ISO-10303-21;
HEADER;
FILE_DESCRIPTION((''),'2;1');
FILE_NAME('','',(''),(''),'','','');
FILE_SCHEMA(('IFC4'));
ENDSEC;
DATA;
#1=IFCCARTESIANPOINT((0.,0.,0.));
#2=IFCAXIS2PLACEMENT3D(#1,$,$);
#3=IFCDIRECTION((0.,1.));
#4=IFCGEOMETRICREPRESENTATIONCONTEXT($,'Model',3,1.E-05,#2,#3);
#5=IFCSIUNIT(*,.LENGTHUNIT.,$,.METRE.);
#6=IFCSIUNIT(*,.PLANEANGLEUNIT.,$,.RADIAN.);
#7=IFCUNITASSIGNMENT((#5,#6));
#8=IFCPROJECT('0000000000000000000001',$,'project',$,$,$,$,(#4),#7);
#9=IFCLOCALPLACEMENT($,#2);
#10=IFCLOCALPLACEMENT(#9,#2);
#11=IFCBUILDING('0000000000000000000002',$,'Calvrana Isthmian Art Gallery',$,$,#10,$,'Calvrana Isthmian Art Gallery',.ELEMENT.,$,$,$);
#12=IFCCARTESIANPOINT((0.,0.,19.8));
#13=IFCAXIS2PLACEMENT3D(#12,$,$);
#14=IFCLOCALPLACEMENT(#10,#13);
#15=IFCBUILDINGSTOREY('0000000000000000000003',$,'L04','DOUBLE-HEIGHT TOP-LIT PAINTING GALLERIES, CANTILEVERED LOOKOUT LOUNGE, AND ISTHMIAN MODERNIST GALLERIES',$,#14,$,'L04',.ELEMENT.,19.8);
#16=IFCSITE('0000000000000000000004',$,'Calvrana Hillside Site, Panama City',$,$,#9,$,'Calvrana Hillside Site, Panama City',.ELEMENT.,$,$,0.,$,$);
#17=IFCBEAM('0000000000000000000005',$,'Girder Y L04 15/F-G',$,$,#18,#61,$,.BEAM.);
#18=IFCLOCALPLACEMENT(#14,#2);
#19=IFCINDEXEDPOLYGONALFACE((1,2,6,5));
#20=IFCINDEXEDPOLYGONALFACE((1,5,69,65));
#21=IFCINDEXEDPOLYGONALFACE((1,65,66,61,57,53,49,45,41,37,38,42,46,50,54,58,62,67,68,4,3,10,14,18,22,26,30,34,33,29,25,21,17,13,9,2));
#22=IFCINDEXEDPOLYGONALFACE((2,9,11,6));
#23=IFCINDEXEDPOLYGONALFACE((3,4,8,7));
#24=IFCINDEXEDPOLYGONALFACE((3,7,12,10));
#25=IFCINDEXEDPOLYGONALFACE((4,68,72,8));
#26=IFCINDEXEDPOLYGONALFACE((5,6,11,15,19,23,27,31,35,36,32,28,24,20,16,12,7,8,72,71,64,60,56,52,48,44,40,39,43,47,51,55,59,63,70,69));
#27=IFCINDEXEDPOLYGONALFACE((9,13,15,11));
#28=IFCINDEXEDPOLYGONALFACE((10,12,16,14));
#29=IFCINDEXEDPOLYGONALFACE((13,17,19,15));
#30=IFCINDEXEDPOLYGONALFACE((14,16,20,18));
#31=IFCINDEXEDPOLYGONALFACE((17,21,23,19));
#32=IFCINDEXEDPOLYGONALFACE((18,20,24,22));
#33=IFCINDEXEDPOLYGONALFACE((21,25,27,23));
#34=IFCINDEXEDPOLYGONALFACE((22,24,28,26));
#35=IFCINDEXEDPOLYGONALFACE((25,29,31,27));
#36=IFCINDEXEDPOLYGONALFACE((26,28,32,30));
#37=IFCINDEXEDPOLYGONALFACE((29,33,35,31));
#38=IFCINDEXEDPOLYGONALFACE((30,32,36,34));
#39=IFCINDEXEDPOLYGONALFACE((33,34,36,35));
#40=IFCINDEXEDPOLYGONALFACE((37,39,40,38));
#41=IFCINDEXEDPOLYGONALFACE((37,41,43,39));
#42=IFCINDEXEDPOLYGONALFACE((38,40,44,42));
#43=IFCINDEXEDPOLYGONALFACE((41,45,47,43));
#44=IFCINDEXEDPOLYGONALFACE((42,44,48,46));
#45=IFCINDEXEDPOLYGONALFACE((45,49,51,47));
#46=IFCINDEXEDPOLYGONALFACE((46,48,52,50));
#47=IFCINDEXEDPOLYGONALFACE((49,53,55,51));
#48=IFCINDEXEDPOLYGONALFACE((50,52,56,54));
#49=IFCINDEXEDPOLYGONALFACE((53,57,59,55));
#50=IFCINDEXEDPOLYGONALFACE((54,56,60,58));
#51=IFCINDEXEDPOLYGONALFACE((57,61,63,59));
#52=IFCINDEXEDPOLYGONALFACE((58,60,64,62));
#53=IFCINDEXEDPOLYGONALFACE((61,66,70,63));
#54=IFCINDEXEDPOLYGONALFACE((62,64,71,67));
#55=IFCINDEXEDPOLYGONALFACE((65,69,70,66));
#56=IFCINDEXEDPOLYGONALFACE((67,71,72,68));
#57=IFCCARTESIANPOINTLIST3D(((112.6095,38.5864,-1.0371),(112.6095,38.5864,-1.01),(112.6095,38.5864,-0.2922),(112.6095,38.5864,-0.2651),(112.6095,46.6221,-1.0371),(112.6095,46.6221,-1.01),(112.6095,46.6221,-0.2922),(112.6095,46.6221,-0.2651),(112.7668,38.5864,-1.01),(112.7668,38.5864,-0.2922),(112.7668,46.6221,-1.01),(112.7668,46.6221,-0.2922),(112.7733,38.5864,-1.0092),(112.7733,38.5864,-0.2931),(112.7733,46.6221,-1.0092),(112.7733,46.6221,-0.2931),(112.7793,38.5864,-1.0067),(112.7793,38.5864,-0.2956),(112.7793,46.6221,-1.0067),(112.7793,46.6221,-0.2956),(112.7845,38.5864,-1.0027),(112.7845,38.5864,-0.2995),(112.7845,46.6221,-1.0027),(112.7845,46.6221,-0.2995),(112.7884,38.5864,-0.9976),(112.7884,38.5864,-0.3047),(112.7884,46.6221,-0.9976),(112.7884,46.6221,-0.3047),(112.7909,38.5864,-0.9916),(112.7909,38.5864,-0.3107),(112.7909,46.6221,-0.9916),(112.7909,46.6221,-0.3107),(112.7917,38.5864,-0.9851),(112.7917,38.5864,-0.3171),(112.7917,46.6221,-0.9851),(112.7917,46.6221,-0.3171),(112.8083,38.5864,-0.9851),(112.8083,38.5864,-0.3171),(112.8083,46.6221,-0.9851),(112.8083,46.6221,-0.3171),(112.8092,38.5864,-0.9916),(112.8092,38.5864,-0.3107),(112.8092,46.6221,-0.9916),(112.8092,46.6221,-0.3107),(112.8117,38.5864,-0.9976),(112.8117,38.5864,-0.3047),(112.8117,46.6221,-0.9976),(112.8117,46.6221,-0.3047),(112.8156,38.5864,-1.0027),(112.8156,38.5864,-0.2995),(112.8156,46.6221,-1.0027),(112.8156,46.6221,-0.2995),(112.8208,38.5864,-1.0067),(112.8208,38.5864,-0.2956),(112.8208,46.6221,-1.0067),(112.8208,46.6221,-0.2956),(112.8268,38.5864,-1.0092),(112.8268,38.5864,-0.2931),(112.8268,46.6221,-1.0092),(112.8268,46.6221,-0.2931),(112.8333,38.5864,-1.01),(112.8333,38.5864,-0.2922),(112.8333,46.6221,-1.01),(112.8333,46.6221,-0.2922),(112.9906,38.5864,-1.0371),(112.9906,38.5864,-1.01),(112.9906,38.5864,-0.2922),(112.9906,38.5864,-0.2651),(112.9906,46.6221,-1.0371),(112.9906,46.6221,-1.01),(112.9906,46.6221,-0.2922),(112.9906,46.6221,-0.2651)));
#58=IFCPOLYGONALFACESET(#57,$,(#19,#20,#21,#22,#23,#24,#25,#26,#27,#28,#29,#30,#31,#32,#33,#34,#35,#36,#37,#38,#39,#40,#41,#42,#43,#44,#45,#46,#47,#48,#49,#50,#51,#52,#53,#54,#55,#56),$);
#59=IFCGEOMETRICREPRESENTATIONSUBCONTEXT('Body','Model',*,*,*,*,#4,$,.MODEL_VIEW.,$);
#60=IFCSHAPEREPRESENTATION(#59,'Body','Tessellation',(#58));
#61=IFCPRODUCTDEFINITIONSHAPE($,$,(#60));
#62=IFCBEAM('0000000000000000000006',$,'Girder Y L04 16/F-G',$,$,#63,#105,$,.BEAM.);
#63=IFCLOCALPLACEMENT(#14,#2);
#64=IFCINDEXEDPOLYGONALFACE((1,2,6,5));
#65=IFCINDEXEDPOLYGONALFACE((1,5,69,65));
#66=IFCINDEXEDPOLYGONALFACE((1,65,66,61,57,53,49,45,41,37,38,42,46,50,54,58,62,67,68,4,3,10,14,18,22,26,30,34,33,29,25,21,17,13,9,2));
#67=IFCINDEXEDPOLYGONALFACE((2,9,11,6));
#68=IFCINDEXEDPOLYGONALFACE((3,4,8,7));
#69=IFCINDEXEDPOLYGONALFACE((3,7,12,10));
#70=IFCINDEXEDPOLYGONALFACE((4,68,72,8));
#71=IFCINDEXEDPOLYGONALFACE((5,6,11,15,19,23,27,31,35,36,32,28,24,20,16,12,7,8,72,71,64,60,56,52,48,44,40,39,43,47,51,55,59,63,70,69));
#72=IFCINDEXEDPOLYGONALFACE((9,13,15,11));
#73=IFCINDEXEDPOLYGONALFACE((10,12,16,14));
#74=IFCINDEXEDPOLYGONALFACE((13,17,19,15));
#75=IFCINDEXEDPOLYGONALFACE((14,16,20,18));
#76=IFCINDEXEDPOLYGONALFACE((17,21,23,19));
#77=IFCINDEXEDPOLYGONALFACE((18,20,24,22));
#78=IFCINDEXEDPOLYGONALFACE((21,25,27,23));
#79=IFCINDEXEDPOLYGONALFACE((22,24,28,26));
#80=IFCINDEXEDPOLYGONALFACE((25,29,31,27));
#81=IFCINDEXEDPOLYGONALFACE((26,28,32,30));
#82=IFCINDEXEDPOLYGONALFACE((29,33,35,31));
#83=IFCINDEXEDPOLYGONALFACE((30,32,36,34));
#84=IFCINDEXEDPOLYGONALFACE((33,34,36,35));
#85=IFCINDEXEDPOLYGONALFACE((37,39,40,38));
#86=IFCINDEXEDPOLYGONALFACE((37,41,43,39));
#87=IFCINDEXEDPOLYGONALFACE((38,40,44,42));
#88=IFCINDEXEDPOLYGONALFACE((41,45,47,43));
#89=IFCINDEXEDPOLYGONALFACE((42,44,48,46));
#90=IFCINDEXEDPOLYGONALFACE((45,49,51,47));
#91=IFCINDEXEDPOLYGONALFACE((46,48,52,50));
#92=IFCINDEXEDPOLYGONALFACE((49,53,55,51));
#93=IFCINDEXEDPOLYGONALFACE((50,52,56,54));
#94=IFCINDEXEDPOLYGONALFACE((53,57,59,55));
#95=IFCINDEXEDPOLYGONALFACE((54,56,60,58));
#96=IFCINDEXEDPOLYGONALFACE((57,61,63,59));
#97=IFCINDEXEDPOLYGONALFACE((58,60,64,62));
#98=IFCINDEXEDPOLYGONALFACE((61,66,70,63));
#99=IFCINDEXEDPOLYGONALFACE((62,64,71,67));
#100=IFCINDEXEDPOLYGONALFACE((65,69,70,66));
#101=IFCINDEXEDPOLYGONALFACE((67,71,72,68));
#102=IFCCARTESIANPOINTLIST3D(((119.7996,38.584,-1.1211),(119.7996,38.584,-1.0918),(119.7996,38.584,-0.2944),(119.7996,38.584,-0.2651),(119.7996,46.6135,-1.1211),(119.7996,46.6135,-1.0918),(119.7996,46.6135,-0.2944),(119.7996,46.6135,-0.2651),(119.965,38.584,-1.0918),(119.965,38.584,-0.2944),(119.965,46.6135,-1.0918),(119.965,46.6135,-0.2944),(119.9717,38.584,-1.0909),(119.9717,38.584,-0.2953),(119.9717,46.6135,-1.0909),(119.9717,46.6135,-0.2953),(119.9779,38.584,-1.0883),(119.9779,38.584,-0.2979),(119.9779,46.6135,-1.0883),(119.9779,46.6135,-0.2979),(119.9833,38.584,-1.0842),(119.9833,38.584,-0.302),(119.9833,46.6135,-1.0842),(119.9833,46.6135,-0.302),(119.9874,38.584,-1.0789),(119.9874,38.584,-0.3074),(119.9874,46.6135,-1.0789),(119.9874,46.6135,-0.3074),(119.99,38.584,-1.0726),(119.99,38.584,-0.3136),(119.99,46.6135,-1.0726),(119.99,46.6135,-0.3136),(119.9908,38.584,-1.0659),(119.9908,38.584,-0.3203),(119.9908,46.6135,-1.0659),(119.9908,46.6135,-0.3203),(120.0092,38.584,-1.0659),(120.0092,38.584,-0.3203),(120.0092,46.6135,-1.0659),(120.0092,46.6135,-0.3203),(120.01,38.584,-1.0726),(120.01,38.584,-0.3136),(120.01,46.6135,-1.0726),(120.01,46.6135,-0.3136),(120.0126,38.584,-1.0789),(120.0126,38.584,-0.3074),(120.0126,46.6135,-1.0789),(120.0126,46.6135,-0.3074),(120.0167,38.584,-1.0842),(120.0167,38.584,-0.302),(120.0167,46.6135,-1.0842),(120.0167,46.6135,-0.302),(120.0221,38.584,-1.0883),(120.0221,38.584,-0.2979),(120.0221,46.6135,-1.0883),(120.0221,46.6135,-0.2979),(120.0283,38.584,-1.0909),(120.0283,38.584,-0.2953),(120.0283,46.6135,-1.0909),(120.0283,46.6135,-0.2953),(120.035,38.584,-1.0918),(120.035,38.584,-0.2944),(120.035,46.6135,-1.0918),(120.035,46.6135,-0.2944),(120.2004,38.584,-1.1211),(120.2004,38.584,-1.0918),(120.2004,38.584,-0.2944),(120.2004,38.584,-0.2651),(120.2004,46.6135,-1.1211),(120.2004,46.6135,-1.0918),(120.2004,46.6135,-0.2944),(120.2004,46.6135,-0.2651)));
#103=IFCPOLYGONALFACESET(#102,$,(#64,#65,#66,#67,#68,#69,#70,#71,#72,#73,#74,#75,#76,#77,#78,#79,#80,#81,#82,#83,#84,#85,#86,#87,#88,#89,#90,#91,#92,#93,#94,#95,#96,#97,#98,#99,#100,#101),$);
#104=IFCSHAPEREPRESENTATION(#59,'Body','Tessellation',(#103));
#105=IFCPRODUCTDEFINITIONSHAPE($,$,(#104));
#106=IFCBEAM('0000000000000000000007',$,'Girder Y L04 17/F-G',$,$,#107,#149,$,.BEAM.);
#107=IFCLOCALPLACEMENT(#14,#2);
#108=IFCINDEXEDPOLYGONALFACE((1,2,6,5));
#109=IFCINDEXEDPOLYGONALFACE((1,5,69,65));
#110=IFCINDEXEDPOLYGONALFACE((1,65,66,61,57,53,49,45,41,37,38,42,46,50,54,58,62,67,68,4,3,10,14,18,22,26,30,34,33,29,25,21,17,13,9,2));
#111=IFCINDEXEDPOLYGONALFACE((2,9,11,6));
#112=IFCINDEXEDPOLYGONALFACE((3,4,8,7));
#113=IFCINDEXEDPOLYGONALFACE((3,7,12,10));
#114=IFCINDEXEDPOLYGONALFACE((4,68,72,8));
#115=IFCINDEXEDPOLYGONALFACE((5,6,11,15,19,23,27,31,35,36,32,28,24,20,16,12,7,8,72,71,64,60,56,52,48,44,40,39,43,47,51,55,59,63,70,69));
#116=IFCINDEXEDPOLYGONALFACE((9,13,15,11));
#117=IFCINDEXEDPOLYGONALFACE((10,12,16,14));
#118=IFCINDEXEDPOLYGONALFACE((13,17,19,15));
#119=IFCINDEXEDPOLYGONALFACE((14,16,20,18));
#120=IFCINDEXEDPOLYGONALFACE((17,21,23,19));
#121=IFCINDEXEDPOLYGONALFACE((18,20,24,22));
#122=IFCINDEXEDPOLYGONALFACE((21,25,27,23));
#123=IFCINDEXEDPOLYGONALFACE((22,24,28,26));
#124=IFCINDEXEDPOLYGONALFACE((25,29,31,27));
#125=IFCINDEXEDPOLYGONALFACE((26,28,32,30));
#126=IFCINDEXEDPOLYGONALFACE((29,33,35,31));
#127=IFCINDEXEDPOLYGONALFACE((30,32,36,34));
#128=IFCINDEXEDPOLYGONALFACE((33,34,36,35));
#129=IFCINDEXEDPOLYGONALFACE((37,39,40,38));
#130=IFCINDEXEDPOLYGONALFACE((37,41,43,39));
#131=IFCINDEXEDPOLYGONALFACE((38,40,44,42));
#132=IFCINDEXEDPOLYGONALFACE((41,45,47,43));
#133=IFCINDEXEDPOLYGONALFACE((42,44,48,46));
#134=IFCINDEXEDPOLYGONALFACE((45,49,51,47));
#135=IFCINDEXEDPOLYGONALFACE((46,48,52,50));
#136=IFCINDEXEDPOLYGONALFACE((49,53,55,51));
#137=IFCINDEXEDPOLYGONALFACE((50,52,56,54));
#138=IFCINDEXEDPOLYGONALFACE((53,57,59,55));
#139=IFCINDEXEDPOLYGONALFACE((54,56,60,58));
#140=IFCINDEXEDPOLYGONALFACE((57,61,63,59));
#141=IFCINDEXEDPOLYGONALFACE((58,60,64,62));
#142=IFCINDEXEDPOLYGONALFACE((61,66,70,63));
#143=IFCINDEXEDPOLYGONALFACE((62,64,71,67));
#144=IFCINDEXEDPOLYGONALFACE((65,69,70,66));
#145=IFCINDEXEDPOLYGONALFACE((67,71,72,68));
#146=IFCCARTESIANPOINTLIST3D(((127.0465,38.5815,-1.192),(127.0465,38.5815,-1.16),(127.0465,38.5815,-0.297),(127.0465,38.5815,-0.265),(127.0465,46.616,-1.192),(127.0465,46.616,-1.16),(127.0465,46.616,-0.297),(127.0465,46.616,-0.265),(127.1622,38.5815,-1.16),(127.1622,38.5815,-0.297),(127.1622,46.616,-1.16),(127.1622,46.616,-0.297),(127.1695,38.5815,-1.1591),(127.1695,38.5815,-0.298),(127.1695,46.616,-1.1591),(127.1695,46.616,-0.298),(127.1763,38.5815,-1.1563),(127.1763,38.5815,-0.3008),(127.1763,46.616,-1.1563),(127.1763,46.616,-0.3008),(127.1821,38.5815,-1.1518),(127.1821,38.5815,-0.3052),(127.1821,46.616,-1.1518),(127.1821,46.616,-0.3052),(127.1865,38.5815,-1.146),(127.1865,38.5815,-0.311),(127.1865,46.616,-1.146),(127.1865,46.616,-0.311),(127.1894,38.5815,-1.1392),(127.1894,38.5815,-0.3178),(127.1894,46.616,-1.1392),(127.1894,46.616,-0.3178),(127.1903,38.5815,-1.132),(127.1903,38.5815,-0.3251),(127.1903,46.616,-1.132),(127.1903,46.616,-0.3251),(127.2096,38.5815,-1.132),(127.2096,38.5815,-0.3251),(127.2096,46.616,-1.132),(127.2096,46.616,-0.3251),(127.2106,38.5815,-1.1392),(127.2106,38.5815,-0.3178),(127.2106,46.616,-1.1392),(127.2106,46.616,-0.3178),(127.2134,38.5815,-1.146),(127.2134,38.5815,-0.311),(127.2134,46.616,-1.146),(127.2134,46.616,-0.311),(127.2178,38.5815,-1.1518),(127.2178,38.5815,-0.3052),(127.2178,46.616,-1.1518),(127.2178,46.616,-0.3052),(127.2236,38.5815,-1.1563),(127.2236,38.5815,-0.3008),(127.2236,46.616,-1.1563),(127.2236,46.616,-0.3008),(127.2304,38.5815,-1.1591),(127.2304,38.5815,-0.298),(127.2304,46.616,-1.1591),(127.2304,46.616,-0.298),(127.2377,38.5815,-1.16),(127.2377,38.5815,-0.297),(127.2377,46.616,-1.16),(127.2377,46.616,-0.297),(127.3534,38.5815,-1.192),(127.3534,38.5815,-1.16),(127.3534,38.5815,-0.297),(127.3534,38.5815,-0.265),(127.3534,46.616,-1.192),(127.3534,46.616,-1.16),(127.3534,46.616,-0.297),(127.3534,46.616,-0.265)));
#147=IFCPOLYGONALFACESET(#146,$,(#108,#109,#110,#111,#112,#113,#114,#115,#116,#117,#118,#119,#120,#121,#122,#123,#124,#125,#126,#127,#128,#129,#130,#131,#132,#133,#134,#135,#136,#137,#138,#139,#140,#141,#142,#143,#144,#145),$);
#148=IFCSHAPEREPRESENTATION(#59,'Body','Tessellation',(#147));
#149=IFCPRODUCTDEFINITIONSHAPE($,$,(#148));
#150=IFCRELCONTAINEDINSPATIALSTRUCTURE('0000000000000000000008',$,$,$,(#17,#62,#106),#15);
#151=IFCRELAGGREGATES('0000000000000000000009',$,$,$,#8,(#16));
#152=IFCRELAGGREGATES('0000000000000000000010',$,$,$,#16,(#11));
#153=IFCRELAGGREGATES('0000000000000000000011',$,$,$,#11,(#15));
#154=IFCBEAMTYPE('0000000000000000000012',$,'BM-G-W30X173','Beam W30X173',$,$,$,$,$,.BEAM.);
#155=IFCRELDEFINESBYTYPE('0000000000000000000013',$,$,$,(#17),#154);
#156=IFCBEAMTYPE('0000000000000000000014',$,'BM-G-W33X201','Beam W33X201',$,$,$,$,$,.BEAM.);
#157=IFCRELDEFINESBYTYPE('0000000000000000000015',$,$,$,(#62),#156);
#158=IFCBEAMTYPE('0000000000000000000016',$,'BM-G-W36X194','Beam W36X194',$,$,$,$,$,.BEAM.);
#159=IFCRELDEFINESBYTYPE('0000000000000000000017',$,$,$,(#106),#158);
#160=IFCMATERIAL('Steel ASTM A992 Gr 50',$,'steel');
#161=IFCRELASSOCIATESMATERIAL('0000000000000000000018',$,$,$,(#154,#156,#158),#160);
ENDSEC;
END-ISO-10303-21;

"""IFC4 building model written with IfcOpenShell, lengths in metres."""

from ifc_helpers import new_model, si_unit, direction, frame, origin, origin_2d, place, context, subcontext, project, spatial, i_section, extrude, material, material_profile, profile_set, type_object, element, save


model = new_model("IFC4")

# Units and contexts
model_context = context("Model", 3, precision=1e-05, world=origin(), true_north=direction((0.0, 1.0)))
body_context = subcontext(model_context, "Body", "Model", "MODEL_VIEW")
ifc_project = project(units=[si_unit("LENGTHUNIT", "METRE"), si_unit("PLANEANGLEUNIT", "RADIAN")], contexts=[model_context])

# Site, building, storey
site_placement = place(None, origin())
site = spatial("IfcSite", under=ifc_project, at=site_placement, Name="Calvrana Hillside Site, Panama City", LongName="Calvrana Hillside Site, Panama City", CompositionType="ELEMENT", RefElevation=0.0)
building_placement = place(site_placement, origin())
building = spatial("IfcBuilding", under=site, at=building_placement, Name="Calvrana Isthmian Art Gallery", LongName="Calvrana Isthmian Art Gallery", CompositionType="ELEMENT")
storey_placement = place(building_placement, frame((0.0, 0.0, 19.8)))
storey = spatial("IfcBuildingStorey", under=building, at=storey_placement, Name="L04", Description="DOUBLE-HEIGHT TOP-LIT PAINTING GALLERIES, CANTILEVERED LOOKOUT LOUNGE, AND ISTHMIAN MODERNIST GALLERIES", LongName="L04", CompositionType="ELEMENT", Elevation=19.8)

# Shared definitions
ifc_material_1 = material(Name="Steel ASTM A992 Gr 50", Category="steel")

# Beams
ifc_material_profile_1 = material_profile(ifc_material_1, i_section(OverallWidth=0.3811, OverallDepth=0.772, WebThickness=0.0166, FlangeThickness=0.0271, FilletRadius=0.0249, at=origin_2d()), Name="W30X173")
ifc_profile_set_1 = profile_set([ifc_material_profile_1], Name="Steel ASTM A992 Gr 50")
beam_type_1 = type_object("IfcBeamType", Name="BM-G-W30X173", Description="Beam W30X173", PredefinedType="BEAM", material=ifc_profile_set_1)
beam_1_placement = place(storey_placement, frame((112.8, 38.5864, -0.6511), z_axis=(0.0, 1.0, 0.0), x_axis=(-1.0, 0.0, 0.0)))
element("IfcBeam", 1, at=beam_1_placement, inside=storey, type_object=beam_type_1, Name="Girder Y L04 15/F-G", PredefinedType="BEAM", context=body_context, shape_type="SweptSolid", body=[
    extrude(i_section(OverallWidth=0.3811, OverallDepth=0.772, WebThickness=0.0166, FlangeThickness=0.0271, FilletRadius=0.0249, at=origin_2d()), origin(), (0.0, 0.0, 1.0), 8.0356),
])
ifc_material_profile_2 = material_profile(ifc_material_1, i_section(OverallWidth=0.4009, OverallDepth=0.856, WebThickness=0.0183, FlangeThickness=0.0293, FilletRadius=0.0259, at=origin_2d()), Name="W33X201")
ifc_profile_set_2 = profile_set([ifc_material_profile_2], Name="Steel ASTM A992 Gr 50")
beam_type_2 = type_object("IfcBeamType", Name="BM-G-W33X201", Description="Beam W33X201", PredefinedType="BEAM", material=ifc_profile_set_2)
beam_2_placement = place(storey_placement, frame((120.0, 38.584, -0.6931), z_axis=(0.0, 1.0, 0.0), x_axis=(-1.0, 0.0, 0.0)))
element("IfcBeam", 2, at=beam_2_placement, inside=storey, type_object=beam_type_2, Name="Girder Y L04 16/F-G", PredefinedType="BEAM", context=body_context, shape_type="SweptSolid", body=[
    extrude(i_section(OverallWidth=0.4009, OverallDepth=0.856, WebThickness=0.0183, FlangeThickness=0.0293, FilletRadius=0.0259, at=origin_2d()), origin(), (0.0, 0.0, 1.0), 8.0295),
])
ifc_material_profile_3 = material_profile(ifc_material_1, i_section(OverallWidth=0.3069, OverallDepth=0.927, WebThickness=0.0193, FlangeThickness=0.032, FilletRadius=0.0281, at=origin_2d()), Name="W36X194")
ifc_profile_set_3 = profile_set([ifc_material_profile_3], Name="Steel ASTM A992 Gr 50")
beam_type_3 = type_object("IfcBeamType", Name="BM-G-W36X194", Description="Beam W36X194", PredefinedType="BEAM", material=ifc_profile_set_3)
beam_3_placement = place(storey_placement, frame((127.2, 38.5815, -0.7285), z_axis=(0.0, 1.0, 0.0), x_axis=(-1.0, 0.0, 0.0)))
element("IfcBeam", 3, at=beam_3_placement, inside=storey, type_object=beam_type_3, Name="Girder Y L04 17/F-G", PredefinedType="BEAM", context=body_context, shape_type="SweptSolid", body=[
    extrude(i_section(OverallWidth=0.3069, OverallDepth=0.927, WebThickness=0.0193, FlangeThickness=0.032, FilletRadius=0.0281, at=origin_2d()), origin(), (0.0, 0.0, 1.0), 8.0344),
])

save(model, "model.ifc")
